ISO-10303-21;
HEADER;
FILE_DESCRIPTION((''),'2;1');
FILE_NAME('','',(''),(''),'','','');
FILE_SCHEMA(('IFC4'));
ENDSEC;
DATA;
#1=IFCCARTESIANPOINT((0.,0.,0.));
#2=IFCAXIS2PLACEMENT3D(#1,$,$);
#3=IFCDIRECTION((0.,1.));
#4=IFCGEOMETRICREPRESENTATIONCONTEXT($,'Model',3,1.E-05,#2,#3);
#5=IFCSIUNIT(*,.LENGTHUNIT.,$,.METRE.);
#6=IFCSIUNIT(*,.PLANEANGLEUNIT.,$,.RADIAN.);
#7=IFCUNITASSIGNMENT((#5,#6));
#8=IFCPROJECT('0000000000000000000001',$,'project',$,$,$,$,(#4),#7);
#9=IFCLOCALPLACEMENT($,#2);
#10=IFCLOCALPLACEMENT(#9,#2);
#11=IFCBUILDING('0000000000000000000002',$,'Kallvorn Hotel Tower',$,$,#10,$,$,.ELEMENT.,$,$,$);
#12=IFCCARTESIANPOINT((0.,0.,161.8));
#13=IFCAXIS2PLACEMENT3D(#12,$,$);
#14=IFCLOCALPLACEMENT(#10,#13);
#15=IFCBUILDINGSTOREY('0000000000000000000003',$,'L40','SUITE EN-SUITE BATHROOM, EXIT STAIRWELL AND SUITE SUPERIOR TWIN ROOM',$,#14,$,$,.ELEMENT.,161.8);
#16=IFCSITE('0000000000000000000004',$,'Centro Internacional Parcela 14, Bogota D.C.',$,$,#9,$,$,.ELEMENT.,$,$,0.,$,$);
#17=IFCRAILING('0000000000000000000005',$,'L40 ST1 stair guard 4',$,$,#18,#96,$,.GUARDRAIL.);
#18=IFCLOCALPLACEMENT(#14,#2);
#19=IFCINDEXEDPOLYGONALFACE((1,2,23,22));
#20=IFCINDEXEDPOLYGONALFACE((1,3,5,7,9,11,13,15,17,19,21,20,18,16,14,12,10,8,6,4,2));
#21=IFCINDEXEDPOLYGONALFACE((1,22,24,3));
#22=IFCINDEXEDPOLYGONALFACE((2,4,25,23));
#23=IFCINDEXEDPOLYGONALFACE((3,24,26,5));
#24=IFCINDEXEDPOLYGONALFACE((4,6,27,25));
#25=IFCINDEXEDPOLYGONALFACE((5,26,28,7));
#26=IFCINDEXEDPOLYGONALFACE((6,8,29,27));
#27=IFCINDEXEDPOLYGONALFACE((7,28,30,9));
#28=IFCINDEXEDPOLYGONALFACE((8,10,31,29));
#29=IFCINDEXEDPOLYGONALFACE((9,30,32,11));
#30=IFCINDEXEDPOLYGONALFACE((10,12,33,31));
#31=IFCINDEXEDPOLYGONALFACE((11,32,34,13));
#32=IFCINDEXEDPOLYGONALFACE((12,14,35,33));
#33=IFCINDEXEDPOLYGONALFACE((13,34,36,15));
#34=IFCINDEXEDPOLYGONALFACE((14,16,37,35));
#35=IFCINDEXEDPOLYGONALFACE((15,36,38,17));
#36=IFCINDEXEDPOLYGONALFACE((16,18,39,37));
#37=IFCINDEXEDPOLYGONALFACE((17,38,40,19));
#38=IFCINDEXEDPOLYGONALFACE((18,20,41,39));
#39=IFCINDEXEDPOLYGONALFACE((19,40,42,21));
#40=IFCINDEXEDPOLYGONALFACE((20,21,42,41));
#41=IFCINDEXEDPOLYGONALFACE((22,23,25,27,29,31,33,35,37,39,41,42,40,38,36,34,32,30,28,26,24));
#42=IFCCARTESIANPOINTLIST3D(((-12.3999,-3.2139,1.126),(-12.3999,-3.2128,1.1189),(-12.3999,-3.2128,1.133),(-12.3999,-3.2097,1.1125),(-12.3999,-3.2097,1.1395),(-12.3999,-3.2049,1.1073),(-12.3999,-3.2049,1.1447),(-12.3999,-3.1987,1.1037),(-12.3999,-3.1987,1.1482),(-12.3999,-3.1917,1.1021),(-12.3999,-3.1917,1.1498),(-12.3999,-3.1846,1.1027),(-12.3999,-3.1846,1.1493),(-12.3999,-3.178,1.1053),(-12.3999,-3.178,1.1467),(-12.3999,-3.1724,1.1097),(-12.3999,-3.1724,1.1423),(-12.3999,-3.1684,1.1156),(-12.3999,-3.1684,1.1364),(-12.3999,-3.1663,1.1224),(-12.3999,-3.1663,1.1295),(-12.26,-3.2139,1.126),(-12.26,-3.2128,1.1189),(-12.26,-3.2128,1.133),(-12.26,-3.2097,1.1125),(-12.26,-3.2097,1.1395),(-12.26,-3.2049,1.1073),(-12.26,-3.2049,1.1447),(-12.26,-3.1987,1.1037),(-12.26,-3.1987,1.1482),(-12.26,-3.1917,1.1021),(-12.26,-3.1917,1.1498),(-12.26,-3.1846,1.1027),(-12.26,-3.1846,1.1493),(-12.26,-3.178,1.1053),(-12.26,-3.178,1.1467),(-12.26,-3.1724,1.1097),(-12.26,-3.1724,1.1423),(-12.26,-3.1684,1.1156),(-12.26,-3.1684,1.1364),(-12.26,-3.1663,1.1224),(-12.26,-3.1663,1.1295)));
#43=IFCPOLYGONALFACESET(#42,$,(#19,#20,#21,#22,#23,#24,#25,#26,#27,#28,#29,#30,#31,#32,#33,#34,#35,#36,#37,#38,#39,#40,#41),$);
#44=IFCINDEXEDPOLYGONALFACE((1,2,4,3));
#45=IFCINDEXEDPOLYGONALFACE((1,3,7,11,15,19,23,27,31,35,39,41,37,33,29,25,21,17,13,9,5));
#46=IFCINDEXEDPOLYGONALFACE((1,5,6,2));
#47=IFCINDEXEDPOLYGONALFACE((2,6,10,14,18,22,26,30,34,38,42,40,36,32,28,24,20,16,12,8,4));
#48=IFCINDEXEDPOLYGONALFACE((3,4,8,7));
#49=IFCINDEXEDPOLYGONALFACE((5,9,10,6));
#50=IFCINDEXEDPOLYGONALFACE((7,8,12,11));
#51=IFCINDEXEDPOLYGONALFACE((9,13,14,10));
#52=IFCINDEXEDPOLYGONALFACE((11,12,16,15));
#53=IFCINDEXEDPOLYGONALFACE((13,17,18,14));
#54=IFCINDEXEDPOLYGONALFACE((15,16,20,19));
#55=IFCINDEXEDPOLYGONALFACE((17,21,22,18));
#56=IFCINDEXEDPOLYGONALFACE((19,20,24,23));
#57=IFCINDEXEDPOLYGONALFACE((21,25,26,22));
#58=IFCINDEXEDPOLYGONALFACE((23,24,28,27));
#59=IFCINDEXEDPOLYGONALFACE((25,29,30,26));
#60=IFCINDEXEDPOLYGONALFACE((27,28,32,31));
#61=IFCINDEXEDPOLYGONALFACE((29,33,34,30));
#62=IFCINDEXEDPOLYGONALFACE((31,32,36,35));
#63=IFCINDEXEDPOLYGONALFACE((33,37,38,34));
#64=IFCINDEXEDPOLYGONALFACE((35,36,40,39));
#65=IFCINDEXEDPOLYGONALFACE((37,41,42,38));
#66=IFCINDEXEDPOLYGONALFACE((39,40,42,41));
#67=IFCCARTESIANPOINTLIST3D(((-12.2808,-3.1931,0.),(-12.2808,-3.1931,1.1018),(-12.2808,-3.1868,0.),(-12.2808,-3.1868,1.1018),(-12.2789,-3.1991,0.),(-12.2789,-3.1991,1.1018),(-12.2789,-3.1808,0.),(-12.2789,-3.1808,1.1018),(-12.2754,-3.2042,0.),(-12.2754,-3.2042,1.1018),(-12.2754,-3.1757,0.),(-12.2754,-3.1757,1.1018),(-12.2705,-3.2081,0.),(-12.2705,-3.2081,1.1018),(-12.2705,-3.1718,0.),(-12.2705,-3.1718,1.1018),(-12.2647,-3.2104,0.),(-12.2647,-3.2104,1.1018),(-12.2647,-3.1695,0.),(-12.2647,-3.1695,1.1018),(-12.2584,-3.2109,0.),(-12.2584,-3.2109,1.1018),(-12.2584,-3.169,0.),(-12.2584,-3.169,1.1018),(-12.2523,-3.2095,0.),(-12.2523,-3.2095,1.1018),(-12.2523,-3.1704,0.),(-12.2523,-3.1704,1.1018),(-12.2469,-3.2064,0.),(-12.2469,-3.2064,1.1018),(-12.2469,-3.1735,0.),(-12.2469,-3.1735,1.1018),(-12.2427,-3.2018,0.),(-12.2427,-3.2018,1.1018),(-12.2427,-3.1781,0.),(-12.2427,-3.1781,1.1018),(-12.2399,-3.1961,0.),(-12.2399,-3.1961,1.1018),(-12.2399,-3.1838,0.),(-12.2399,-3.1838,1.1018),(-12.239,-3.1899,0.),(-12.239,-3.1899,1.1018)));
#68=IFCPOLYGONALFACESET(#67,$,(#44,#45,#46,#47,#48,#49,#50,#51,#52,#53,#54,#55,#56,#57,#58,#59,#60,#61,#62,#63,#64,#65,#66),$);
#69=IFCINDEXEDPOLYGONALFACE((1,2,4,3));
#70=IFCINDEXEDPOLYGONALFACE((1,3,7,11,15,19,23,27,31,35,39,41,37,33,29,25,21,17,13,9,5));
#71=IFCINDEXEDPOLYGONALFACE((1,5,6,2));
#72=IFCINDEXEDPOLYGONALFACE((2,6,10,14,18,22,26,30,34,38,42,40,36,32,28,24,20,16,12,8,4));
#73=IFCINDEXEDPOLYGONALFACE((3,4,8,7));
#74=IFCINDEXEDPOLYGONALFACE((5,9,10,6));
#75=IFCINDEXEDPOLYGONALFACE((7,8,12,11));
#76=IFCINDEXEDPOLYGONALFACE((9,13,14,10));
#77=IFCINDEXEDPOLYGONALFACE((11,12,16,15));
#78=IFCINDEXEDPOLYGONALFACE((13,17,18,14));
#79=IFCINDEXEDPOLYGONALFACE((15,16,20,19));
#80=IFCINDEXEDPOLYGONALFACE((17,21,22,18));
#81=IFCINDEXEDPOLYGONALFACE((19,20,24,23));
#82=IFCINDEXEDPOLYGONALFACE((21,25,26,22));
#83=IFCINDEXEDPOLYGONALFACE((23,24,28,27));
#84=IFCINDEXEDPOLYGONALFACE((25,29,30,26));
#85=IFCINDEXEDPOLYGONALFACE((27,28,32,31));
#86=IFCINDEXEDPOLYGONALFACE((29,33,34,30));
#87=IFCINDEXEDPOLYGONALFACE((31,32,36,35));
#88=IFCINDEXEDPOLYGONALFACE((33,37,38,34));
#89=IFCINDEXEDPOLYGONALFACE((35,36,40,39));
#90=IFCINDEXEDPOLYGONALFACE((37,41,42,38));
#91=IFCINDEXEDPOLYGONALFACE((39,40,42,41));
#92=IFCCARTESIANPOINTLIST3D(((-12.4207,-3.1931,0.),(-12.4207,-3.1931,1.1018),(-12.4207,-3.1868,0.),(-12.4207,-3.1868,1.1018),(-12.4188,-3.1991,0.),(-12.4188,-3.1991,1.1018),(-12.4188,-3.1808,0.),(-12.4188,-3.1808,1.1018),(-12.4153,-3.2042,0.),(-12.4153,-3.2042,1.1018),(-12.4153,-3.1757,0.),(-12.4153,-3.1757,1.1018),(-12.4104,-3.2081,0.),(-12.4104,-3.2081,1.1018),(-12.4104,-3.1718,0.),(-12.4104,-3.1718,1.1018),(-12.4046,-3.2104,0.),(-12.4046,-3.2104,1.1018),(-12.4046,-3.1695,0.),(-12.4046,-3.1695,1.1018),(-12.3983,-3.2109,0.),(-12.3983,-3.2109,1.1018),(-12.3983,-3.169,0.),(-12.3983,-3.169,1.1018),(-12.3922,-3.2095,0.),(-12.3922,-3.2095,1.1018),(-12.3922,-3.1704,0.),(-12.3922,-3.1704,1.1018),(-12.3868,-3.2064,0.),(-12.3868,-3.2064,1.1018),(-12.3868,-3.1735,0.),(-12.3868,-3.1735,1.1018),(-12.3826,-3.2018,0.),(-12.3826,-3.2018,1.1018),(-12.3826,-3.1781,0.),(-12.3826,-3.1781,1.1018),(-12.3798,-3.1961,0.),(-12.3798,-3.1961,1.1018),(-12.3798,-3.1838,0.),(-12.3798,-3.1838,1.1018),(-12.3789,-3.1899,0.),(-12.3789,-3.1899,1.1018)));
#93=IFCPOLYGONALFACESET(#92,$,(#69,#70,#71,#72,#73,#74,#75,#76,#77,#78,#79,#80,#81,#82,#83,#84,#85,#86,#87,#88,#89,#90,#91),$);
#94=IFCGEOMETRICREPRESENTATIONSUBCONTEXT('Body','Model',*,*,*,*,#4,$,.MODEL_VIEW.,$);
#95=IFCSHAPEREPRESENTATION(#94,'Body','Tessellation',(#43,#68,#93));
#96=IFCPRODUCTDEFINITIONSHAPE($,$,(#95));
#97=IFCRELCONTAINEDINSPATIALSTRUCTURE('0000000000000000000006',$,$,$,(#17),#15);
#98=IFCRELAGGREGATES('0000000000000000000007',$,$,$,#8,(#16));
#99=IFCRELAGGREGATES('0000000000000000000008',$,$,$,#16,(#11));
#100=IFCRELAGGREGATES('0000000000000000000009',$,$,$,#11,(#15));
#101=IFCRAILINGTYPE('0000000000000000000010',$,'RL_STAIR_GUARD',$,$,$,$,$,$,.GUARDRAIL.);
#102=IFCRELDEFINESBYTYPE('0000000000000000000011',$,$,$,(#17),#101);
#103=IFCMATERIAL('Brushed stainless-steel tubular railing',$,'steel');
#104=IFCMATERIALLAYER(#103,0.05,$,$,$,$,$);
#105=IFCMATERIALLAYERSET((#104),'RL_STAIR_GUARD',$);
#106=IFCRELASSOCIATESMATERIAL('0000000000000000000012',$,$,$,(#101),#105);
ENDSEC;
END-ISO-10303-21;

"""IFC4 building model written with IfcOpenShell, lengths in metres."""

from ifc_helpers import new_model, si_unit, direction, frame, origin, origin_2d, place, context, subcontext, project, spatial, circle, extrude, material, layer, layer_set, type_object, element, save


model = new_model("IFC4")

# Units and contexts
model_context = context("Model", 3, precision=1e-05, world=origin(), true_north=direction((0.0, 1.0)))
body_context = subcontext(model_context, "Body", "Model", "MODEL_VIEW")
ifc_project = project(units=[si_unit("LENGTHUNIT", "METRE"), si_unit("PLANEANGLEUNIT", "RADIAN")], contexts=[model_context])

# Site, building, storey
site_placement = place(None, origin())
site = spatial("IfcSite", under=ifc_project, at=site_placement, Name="Centro Internacional Parcela 14, Bogota D.C.", CompositionType="ELEMENT", RefElevation=0.0)
building_placement = place(site_placement, origin())
building = spatial("IfcBuilding", under=site, at=building_placement, Name="Kallvorn Hotel Tower", CompositionType="ELEMENT")
storey_placement = place(building_placement, frame((0.0, 0.0, 161.8)))
storey = spatial("IfcBuildingStorey", under=building, at=storey_placement, Name="L40", Description="SUITE EN-SUITE BATHROOM, EXIT STAIRWELL AND SUITE SUPERIOR TWIN ROOM", CompositionType="ELEMENT", Elevation=161.8)

# Railing
ifc_material_1 = material(Name="Brushed stainless-steel tubular railing", Category="steel")
ifc_layer_1 = layer(ifc_material_1, 0.05)
ifc_layer_set_1 = layer_set([ifc_layer_1], Name="RL_STAIR_GUARD")
railing_type = type_object("IfcRailingType", Name="RL_STAIR_GUARD", PredefinedType="GUARDRAIL", material=ifc_layer_set_1)
railing_placement = place(storey_placement, frame((-12.26, -3.1899, 0.0)))
element("IfcRailing", 1, at=railing_placement, inside=storey, type_object=railing_type, Name="L40 ST1 stair guard 4", PredefinedType="GUARDRAIL", context=body_context, shape_type="SweptSolid", body=[
    extrude(circle(Radius=0.0239, at=origin_2d()), frame((0.0, 0.0, 1.126), z_axis=(-1.0, 0.0, 0.0), x_axis=(0.0, -1.0, 0.0)), (0.0, 0.0, 1.0), 0.1399),
    extrude(circle(Radius=0.021, at=origin_2d()), origin(), (0.0, 0.0, 1.0), 1.1018),
    extrude(circle(Radius=0.021, at=origin_2d()), frame((-0.1399, 0.0, 0.0)), (0.0, 0.0, 1.0), 1.1018),
])

save(model, "model.ifc")
